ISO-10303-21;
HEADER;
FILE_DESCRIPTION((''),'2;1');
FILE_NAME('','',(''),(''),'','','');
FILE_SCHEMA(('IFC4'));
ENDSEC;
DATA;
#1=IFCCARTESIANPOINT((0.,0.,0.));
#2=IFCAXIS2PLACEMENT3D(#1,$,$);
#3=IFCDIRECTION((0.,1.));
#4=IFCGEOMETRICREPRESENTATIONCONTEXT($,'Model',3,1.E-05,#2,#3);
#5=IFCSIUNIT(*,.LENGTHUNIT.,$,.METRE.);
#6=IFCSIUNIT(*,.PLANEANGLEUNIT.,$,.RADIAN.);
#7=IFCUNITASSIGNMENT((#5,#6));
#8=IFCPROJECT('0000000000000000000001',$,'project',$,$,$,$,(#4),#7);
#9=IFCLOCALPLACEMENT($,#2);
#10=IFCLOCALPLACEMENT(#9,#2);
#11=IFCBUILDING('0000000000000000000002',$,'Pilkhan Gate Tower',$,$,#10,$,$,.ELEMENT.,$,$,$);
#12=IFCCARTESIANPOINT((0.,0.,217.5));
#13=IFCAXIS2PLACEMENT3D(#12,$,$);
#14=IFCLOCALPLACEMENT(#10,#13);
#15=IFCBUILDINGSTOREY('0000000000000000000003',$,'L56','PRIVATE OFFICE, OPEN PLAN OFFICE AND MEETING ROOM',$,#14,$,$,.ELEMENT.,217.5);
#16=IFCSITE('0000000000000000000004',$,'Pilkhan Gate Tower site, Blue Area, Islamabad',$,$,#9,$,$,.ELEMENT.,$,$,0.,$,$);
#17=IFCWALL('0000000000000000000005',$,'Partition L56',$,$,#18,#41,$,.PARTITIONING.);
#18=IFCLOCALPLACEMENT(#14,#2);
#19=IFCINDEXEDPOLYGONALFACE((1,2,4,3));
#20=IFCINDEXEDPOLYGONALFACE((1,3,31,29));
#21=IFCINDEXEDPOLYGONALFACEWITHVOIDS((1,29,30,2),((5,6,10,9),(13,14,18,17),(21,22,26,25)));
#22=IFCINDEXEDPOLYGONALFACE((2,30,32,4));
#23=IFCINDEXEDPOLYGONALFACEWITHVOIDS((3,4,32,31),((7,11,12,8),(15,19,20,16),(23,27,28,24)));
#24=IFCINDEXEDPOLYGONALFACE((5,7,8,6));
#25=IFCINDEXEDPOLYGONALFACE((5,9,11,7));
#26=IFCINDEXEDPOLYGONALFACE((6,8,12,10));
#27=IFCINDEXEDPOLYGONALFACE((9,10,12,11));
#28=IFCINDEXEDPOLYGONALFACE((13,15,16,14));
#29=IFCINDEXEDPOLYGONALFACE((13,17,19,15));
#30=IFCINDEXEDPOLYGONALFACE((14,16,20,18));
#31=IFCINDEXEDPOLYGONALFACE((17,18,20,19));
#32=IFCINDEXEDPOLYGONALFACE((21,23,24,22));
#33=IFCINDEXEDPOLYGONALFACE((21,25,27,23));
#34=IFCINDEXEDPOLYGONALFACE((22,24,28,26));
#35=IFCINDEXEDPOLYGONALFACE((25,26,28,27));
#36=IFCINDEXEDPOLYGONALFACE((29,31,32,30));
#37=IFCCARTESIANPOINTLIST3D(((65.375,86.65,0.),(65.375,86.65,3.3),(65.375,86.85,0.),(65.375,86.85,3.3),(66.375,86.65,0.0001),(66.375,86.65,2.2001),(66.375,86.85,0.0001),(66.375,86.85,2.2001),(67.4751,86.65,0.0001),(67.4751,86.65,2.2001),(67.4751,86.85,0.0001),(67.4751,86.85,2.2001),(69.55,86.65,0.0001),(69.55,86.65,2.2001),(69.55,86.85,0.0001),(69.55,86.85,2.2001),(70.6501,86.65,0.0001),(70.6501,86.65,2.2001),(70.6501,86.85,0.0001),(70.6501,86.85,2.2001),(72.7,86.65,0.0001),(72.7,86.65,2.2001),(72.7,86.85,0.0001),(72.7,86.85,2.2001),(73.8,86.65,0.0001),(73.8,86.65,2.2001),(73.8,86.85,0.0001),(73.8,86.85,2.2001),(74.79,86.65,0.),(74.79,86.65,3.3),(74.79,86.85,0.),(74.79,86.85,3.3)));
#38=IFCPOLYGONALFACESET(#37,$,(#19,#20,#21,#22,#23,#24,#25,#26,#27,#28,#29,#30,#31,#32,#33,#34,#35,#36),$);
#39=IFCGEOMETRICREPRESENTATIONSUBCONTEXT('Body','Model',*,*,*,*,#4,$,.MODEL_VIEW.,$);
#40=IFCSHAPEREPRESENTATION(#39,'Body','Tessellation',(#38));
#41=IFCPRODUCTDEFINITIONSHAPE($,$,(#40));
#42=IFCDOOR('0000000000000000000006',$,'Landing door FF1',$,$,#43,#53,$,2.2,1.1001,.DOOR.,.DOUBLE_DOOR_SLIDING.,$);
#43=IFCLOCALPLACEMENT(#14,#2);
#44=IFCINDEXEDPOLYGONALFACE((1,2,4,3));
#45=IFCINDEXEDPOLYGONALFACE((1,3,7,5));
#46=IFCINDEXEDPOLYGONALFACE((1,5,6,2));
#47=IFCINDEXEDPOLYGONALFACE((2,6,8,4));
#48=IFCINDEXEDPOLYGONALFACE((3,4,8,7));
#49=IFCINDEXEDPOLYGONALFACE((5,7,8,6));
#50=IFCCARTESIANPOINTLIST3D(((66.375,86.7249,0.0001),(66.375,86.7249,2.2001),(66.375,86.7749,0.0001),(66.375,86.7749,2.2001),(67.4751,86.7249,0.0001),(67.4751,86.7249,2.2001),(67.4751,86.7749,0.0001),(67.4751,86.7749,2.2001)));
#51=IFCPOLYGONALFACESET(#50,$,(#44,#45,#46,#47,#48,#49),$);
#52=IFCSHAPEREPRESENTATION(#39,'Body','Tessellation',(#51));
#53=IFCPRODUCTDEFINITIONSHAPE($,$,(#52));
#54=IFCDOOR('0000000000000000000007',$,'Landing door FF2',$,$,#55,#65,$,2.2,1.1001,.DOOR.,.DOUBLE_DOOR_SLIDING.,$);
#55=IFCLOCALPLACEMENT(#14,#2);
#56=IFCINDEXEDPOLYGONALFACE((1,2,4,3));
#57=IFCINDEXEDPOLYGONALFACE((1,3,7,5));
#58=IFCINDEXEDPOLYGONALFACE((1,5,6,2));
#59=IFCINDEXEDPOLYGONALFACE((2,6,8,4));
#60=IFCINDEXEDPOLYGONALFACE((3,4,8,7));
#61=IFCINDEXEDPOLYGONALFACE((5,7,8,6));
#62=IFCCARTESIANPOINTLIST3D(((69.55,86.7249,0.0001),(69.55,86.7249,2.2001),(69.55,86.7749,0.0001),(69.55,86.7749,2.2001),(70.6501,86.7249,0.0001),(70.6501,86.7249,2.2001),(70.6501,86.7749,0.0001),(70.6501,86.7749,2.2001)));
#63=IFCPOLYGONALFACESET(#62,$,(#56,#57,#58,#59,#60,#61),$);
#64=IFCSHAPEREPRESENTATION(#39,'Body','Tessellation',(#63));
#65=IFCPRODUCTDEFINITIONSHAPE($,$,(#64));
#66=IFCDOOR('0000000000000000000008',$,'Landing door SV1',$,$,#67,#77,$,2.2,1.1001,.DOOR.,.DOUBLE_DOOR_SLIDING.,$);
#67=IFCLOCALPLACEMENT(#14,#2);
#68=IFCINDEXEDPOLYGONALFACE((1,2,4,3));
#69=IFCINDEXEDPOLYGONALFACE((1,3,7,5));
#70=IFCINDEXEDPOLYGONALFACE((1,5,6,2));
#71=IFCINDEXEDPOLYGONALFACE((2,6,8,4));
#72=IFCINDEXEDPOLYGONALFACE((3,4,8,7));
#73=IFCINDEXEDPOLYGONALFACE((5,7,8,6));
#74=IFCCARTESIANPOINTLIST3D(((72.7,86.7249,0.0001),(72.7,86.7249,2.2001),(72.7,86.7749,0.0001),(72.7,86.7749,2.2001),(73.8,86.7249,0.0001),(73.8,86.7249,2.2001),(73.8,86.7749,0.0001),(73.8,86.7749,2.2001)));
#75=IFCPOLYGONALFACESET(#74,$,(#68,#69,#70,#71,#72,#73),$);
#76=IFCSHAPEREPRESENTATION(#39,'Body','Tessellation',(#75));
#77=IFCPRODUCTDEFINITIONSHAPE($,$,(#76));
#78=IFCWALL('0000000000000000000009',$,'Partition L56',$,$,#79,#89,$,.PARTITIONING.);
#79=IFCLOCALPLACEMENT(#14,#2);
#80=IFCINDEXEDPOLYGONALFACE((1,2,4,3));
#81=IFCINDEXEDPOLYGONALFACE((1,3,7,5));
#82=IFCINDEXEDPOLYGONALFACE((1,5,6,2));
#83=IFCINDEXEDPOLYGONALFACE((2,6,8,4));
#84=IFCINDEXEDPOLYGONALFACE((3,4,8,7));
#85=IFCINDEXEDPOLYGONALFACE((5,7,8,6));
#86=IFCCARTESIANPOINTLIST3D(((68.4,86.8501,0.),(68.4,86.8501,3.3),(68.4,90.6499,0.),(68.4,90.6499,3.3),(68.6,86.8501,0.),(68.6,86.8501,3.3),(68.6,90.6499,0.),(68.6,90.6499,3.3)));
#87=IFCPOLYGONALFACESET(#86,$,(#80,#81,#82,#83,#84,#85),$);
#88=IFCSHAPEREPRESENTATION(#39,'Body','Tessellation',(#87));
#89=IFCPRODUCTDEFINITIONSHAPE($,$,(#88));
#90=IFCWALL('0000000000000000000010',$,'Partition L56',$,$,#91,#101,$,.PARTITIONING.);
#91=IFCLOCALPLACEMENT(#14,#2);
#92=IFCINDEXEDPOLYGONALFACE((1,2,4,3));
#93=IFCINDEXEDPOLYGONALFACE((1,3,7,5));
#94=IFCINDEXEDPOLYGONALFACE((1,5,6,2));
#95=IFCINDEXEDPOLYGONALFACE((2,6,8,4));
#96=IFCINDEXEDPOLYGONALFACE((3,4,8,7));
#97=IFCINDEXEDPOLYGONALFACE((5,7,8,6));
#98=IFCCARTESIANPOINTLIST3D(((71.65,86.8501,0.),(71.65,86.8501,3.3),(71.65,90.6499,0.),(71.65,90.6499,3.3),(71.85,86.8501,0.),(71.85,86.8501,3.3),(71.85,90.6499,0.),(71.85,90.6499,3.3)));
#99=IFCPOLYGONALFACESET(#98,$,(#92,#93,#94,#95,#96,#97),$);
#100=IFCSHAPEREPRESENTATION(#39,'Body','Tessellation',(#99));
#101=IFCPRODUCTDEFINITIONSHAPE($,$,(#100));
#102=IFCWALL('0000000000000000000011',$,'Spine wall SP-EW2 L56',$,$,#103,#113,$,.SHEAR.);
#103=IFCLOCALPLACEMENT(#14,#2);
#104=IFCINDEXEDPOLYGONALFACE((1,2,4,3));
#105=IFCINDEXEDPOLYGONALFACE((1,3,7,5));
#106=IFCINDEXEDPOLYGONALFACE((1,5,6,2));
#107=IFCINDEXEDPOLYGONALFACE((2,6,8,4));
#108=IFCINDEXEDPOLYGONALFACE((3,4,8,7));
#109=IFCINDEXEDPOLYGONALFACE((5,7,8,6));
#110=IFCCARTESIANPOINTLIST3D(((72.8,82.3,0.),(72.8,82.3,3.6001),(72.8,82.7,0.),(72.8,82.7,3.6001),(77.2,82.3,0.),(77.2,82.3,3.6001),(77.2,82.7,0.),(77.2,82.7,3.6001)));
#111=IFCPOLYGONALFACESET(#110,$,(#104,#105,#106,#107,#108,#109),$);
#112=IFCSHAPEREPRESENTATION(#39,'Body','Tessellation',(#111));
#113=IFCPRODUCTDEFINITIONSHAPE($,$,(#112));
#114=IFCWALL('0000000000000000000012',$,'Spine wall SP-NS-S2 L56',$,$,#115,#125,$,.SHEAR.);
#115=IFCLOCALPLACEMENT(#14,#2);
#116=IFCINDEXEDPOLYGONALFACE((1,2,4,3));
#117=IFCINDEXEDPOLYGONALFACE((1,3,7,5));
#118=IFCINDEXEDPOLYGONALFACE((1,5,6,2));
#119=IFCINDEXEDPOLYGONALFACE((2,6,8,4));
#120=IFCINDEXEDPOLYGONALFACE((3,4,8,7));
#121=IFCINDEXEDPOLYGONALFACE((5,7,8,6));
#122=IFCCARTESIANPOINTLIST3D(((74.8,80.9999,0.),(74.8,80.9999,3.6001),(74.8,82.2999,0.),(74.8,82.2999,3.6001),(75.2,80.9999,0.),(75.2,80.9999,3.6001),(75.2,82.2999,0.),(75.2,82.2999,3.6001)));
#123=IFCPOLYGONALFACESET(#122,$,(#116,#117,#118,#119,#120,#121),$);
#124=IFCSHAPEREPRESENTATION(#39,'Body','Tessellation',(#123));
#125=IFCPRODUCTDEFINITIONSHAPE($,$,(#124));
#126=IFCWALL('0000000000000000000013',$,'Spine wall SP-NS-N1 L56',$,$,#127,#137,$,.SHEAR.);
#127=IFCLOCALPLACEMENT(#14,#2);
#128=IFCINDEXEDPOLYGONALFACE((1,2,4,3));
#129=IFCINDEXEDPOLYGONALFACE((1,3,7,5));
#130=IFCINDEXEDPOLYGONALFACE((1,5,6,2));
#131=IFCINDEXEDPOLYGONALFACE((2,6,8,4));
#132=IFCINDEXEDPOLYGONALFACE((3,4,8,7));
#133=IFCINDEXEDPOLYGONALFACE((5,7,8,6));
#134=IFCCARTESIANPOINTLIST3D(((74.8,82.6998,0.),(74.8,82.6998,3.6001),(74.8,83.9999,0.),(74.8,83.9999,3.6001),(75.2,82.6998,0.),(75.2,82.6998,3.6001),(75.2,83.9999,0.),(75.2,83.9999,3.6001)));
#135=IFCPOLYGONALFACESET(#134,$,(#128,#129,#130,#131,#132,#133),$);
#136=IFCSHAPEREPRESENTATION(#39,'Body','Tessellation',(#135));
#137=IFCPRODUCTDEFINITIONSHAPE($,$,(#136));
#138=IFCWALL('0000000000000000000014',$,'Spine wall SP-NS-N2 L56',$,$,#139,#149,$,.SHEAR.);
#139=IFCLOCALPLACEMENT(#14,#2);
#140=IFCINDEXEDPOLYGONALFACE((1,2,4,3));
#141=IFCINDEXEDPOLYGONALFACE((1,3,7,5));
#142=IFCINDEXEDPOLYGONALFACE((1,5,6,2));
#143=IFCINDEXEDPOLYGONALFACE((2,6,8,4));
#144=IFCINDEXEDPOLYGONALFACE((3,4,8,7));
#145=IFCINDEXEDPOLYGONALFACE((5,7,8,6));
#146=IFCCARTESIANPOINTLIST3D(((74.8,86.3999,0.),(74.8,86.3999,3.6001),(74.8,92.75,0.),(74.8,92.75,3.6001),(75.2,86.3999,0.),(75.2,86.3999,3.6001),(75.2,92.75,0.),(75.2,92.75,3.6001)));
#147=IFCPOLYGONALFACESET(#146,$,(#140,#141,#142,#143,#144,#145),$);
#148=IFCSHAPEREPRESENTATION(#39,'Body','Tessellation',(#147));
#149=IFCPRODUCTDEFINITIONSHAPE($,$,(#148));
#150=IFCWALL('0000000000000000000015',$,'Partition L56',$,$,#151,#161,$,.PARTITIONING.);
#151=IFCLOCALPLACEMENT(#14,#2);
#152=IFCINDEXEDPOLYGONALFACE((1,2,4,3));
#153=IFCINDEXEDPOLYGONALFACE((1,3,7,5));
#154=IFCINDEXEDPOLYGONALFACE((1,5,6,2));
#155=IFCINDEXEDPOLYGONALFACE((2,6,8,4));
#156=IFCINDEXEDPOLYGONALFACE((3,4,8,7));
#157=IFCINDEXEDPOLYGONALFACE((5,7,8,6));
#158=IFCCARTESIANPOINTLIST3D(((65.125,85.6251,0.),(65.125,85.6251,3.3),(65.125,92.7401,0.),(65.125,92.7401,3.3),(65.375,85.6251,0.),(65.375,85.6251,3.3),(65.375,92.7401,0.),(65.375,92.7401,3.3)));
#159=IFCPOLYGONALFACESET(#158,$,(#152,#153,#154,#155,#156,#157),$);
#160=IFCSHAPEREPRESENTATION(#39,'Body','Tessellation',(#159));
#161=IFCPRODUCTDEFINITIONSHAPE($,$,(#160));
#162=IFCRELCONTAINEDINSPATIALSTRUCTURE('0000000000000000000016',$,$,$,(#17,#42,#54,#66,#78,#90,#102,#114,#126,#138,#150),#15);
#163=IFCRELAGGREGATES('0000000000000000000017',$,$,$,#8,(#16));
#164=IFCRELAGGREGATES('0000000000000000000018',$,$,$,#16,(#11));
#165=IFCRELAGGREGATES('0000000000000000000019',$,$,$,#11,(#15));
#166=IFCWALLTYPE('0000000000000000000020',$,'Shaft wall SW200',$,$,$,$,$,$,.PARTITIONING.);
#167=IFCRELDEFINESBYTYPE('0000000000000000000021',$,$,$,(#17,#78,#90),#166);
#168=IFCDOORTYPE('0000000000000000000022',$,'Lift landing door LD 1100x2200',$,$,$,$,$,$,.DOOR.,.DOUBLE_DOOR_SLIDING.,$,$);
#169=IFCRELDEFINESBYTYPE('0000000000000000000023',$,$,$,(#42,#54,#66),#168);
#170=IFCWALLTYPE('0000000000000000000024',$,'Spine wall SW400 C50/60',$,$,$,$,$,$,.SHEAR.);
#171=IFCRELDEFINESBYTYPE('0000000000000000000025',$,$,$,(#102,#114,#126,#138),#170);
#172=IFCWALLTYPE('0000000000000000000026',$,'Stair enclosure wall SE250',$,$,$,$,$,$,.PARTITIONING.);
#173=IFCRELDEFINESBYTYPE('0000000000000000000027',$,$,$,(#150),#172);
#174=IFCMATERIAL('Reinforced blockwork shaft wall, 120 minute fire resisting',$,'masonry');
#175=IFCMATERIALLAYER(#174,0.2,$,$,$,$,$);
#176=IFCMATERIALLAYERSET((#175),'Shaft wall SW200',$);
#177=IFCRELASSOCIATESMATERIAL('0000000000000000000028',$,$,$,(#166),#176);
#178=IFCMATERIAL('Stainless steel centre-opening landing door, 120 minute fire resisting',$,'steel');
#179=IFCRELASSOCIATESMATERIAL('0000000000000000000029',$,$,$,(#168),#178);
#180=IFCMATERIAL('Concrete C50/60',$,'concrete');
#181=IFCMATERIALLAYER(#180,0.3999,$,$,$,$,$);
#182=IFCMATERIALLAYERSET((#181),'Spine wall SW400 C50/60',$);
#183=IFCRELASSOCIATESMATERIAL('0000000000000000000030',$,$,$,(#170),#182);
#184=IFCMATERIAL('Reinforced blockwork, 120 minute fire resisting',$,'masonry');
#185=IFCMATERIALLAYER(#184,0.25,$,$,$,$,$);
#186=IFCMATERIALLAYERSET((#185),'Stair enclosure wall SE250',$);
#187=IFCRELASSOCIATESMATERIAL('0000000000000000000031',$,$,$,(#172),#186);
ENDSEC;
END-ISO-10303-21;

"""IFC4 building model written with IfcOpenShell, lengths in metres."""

from ifc_helpers import new_model, si_unit, direction, frame, frame_2d, origin, place, context, subcontext, project, spatial, rectangle, extrude, material, layer, layer_set, type_object, element, fill, save


model = new_model("IFC4")

# Units and contexts
model_context = context("Model", 3, precision=1e-05, world=origin(), true_north=direction((0.0, 1.0)))
body_context = subcontext(model_context, "Body", "Model", "MODEL_VIEW")
ifc_project = project(units=[si_unit("LENGTHUNIT", "METRE"), si_unit("PLANEANGLEUNIT", "RADIAN")], contexts=[model_context])

# Site, building, storey
site_placement = place(None, origin())
site = spatial("IfcSite", under=ifc_project, at=site_placement, Name="Pilkhan Gate Tower site, Blue Area, Islamabad", CompositionType="ELEMENT", RefElevation=0.0)
building_placement = place(site_placement, origin())
building = spatial("IfcBuilding", under=site, at=building_placement, Name="Pilkhan Gate Tower", CompositionType="ELEMENT")
storey_placement = place(building_placement, frame((0.0, 0.0, 217.5)))
storey = spatial("IfcBuildingStorey", under=building, at=storey_placement, Name="L56", Description="PRIVATE OFFICE, OPEN PLAN OFFICE AND MEETING ROOM", CompositionType="ELEMENT", Elevation=217.5)

# Shared definitions
ifc_material_1 = material(Name="Concrete C50/60", Category="concrete")

# Wall, openings, doors
ifc_material_2 = material(Name="Reinforced blockwork shaft wall, 120 minute fire resisting", Category="masonry")
ifc_layer_1 = layer(ifc_material_2, 0.2)
ifc_layer_set_1 = layer_set([ifc_layer_1], Name="Shaft wall SW200")
wall_type_1 = type_object("IfcWallType", Name="Shaft wall SW200", PredefinedType="PARTITIONING", material=ifc_layer_set_1)
wall_1_placement = place(storey_placement, frame((65.375, 86.75, 0.0), z_axis=(0.0, 0.0, 1.0), x_axis=(1.0, 0.0, 0.0)))
wall_1 = element("IfcWall", 1, at=wall_1_placement, inside=storey, type_object=wall_type_1, Name="Partition L56", PredefinedType="PARTITIONING", context=body_context, shape_type="SweptSolid", body=[
    extrude(rectangle(XDim=9.415, YDim=0.2, at=frame_2d((4.7075, 0.0))), origin(), (0.0, 0.0, 1.0), 3.3),
])
opening_1_placement = place(wall_1_placement, frame((1.0, 0.0, 0.0)))
opening_1 = element("IfcOpeningElement", 2, at=opening_1_placement, cuts=wall_1, PredefinedType="OPENING", context=body_context, shape_type="SweptSolid", body=[
    extrude(rectangle(XDim=1.1001, YDim=2.2, at=frame_2d((0.55, 1.1001))), frame((0.0, 0.1099, 0.0), z_axis=(0.0, -1.0, 0.0), x_axis=(1.0, 0.0, 0.0)), (0.0, 0.0, 1.0), 0.22),
])
opening_2_placement = place(wall_1_placement, frame((4.175, 0.0, 0.0)))
opening_2 = element("IfcOpeningElement", 3, at=opening_2_placement, cuts=wall_1, PredefinedType="OPENING", context=body_context, shape_type="SweptSolid", body=[
    extrude(rectangle(XDim=1.1001, YDim=2.2, at=frame_2d((0.55, 1.1001))), frame((0.0, 0.1099, 0.0), z_axis=(0.0, -1.0, 0.0), x_axis=(1.0, 0.0, 0.0)), (0.0, 0.0, 1.0), 0.22),
])
opening_3_placement = place(wall_1_placement, frame((7.325, 0.0, 0.0)))
opening_3 = element("IfcOpeningElement", 4, at=opening_3_placement, cuts=wall_1, PredefinedType="OPENING", context=body_context, shape_type="SweptSolid", body=[
    extrude(rectangle(XDim=1.1001, YDim=2.2, at=frame_2d((0.55, 1.1001))), frame((0.0, 0.1099, 0.0), z_axis=(0.0, -1.0, 0.0), x_axis=(1.0, 0.0, 0.0)), (0.0, 0.0, 1.0), 0.22),
])
ifc_material_3 = material(Name="Stainless steel centre-opening landing door, 120 minute fire resisting", Category="steel")
door_type_1 = type_object("IfcDoorType", Name="Lift landing door LD 1100x2200", OperationType="DOUBLE_DOOR_SLIDING", PredefinedType="DOOR", material=ifc_material_3)
door_1_placement = place(opening_1_placement, origin())
door_1 = element("IfcDoor", 5, at=door_1_placement, inside=storey, type_object=door_type_1, Name="Landing door FF1", OperationType="DOUBLE_DOOR_SLIDING", OverallHeight=2.2, OverallWidth=1.1001, PredefinedType="DOOR", context=body_context, shape_type="SweptSolid", body=[
    extrude(rectangle(XDim=1.1001, YDim=2.2, at=frame_2d((0.55, 1.1001))), frame((0.0, 0.0249, 0.0), z_axis=(0.0, -1.0, 0.0), x_axis=(1.0, 0.0, 0.0)), (0.0, 0.0, 1.0), 0.05),
])
fill(opening_1, door_1)
door_2_placement = place(opening_2_placement, origin())
door_2 = element("IfcDoor", 6, at=door_2_placement, inside=storey, type_object=door_type_1, Name="Landing door FF2", OperationType="DOUBLE_DOOR_SLIDING", OverallHeight=2.2, OverallWidth=1.1001, PredefinedType="DOOR", context=body_context, shape_type="SweptSolid", body=[
    extrude(rectangle(XDim=1.1001, YDim=2.2, at=frame_2d((0.55, 1.1001))), frame((0.0, 0.0249, 0.0), z_axis=(0.0, -1.0, 0.0), x_axis=(1.0, 0.0, 0.0)), (0.0, 0.0, 1.0), 0.05),
])
fill(opening_2, door_2)
door_3_placement = place(opening_3_placement, origin())
door_3 = element("IfcDoor", 7, at=door_3_placement, inside=storey, type_object=door_type_1, Name="Landing door SV1", OperationType="DOUBLE_DOOR_SLIDING", OverallHeight=2.2, OverallWidth=1.1001, PredefinedType="DOOR", context=body_context, shape_type="SweptSolid", body=[
    extrude(rectangle(XDim=1.1001, YDim=2.2, at=frame_2d((0.55, 1.1001))), frame((0.0, 0.0249, 0.0), z_axis=(0.0, -1.0, 0.0), x_axis=(1.0, 0.0, 0.0)), (0.0, 0.0, 1.0), 0.05),
])
fill(opening_3, door_3)

# Walls
for number, where, z_axis, x_axis, name in (
    (8, (68.5, 86.8501, 0.0), (0.0, 0.0, 1.0), (0.0, 1.0, 0.0), "Partition L56"),
    (9, (71.75, 86.8501, 0.0), (0.0, 0.0, 1.0), (0.0, 1.0, 0.0), "Partition L56"),
):
    element("IfcWall", number, at=place(storey_placement, frame(where, z_axis=z_axis, x_axis=x_axis)), inside=storey, type_object=wall_type_1, Name=name, PredefinedType="PARTITIONING", context=body_context, shape_type="SweptSolid", body=[
        extrude(rectangle(XDim=3.7998, YDim=0.2, at=frame_2d((1.8999, 0.0))), origin(), (0.0, 0.0, 1.0), 3.3),
    ])
ifc_layer_2 = layer(ifc_material_1, 0.3999)
ifc_layer_set_2 = layer_set([ifc_layer_2], Name="Spine wall SW400 C50/60")
wall_type_2 = type_object("IfcWallType", Name="Spine wall SW400 C50/60", PredefinedType="SHEAR", material=ifc_layer_set_2)
wall_2_placement = place(storey_placement, frame((72.8, 82.5, 0.0), z_axis=(0.0, 0.0, 1.0), x_axis=(1.0, 0.0, 0.0)))
element("IfcWall", 10, at=wall_2_placement, inside=storey, type_object=wall_type_2, Name="Spine wall SP-EW2 L56", PredefinedType="SHEAR", context=body_context, shape_type="SweptSolid", body=[
    extrude(rectangle(XDim=4.3999, YDim=0.3999, at=frame_2d((2.2, 0.0))), origin(), (0.0, 0.0, 1.0), 3.6001),
])
for number, where, z_axis, x_axis, name in (
    (11, (75.0, 81.0, 0.0), (0.0, 0.0, 1.0), (0.0, 1.0, 0.0), "Spine wall SP-NS-S2 L56"),
    (12, (75.0, 82.7, 0.0), (0.0, 0.0, 1.0), (0.0, 1.0, 0.0), "Spine wall SP-NS-N1 L56"),
):
    element("IfcWall", number, at=place(storey_placement, frame(where, z_axis=z_axis, x_axis=x_axis)), inside=storey, type_object=wall_type_2, Name=name, PredefinedType="SHEAR", context=body_context, shape_type="SweptSolid", body=[
        extrude(rectangle(XDim=1.3, YDim=0.3999, at=frame_2d((0.6499, 0.0))), origin(), (0.0, 0.0, 1.0), 3.6001),
    ])
wall_3_placement = place(storey_placement, frame((75.0, 86.3999, 0.0), z_axis=(0.0, 0.0, 1.0), x_axis=(0.0, 1.0, 0.0)))
element("IfcWall", 13, at=wall_3_placement, inside=storey, type_object=wall_type_2, Name="Spine wall SP-NS-N2 L56", PredefinedType="SHEAR", context=body_context, shape_type="SweptSolid", body=[
    extrude(rectangle(XDim=6.3501, YDim=0.3999, at=frame_2d((3.175, 0.0))), origin(), (0.0, 0.0, 1.0), 3.6001),
])
ifc_material_4 = material(Name="Reinforced blockwork, 120 minute fire resisting", Category="masonry")
ifc_layer_3 = layer(ifc_material_4, 0.25)
ifc_layer_set_3 = layer_set([ifc_layer_3], Name="Stair enclosure wall SE250")
wall_type_3 = type_object("IfcWallType", Name="Stair enclosure wall SE250", PredefinedType="PARTITIONING", material=ifc_layer_set_3)
wall_4_placement = place(storey_placement, frame((65.25, 85.625, 0.0), z_axis=(0.0, 0.0, 1.0), x_axis=(0.0, 1.0, 0.0)))
element("IfcWall", 14, at=wall_4_placement, inside=storey, type_object=wall_type_3, Name="Partition L56", PredefinedType="PARTITIONING", context=body_context, shape_type="SweptSolid", body=[
    extrude(rectangle(XDim=7.115, YDim=0.25, at=frame_2d((3.5576, 0.0))), origin(), (0.0, 0.0, 1.0), 3.3),
])

save(model, "model.ifc")
